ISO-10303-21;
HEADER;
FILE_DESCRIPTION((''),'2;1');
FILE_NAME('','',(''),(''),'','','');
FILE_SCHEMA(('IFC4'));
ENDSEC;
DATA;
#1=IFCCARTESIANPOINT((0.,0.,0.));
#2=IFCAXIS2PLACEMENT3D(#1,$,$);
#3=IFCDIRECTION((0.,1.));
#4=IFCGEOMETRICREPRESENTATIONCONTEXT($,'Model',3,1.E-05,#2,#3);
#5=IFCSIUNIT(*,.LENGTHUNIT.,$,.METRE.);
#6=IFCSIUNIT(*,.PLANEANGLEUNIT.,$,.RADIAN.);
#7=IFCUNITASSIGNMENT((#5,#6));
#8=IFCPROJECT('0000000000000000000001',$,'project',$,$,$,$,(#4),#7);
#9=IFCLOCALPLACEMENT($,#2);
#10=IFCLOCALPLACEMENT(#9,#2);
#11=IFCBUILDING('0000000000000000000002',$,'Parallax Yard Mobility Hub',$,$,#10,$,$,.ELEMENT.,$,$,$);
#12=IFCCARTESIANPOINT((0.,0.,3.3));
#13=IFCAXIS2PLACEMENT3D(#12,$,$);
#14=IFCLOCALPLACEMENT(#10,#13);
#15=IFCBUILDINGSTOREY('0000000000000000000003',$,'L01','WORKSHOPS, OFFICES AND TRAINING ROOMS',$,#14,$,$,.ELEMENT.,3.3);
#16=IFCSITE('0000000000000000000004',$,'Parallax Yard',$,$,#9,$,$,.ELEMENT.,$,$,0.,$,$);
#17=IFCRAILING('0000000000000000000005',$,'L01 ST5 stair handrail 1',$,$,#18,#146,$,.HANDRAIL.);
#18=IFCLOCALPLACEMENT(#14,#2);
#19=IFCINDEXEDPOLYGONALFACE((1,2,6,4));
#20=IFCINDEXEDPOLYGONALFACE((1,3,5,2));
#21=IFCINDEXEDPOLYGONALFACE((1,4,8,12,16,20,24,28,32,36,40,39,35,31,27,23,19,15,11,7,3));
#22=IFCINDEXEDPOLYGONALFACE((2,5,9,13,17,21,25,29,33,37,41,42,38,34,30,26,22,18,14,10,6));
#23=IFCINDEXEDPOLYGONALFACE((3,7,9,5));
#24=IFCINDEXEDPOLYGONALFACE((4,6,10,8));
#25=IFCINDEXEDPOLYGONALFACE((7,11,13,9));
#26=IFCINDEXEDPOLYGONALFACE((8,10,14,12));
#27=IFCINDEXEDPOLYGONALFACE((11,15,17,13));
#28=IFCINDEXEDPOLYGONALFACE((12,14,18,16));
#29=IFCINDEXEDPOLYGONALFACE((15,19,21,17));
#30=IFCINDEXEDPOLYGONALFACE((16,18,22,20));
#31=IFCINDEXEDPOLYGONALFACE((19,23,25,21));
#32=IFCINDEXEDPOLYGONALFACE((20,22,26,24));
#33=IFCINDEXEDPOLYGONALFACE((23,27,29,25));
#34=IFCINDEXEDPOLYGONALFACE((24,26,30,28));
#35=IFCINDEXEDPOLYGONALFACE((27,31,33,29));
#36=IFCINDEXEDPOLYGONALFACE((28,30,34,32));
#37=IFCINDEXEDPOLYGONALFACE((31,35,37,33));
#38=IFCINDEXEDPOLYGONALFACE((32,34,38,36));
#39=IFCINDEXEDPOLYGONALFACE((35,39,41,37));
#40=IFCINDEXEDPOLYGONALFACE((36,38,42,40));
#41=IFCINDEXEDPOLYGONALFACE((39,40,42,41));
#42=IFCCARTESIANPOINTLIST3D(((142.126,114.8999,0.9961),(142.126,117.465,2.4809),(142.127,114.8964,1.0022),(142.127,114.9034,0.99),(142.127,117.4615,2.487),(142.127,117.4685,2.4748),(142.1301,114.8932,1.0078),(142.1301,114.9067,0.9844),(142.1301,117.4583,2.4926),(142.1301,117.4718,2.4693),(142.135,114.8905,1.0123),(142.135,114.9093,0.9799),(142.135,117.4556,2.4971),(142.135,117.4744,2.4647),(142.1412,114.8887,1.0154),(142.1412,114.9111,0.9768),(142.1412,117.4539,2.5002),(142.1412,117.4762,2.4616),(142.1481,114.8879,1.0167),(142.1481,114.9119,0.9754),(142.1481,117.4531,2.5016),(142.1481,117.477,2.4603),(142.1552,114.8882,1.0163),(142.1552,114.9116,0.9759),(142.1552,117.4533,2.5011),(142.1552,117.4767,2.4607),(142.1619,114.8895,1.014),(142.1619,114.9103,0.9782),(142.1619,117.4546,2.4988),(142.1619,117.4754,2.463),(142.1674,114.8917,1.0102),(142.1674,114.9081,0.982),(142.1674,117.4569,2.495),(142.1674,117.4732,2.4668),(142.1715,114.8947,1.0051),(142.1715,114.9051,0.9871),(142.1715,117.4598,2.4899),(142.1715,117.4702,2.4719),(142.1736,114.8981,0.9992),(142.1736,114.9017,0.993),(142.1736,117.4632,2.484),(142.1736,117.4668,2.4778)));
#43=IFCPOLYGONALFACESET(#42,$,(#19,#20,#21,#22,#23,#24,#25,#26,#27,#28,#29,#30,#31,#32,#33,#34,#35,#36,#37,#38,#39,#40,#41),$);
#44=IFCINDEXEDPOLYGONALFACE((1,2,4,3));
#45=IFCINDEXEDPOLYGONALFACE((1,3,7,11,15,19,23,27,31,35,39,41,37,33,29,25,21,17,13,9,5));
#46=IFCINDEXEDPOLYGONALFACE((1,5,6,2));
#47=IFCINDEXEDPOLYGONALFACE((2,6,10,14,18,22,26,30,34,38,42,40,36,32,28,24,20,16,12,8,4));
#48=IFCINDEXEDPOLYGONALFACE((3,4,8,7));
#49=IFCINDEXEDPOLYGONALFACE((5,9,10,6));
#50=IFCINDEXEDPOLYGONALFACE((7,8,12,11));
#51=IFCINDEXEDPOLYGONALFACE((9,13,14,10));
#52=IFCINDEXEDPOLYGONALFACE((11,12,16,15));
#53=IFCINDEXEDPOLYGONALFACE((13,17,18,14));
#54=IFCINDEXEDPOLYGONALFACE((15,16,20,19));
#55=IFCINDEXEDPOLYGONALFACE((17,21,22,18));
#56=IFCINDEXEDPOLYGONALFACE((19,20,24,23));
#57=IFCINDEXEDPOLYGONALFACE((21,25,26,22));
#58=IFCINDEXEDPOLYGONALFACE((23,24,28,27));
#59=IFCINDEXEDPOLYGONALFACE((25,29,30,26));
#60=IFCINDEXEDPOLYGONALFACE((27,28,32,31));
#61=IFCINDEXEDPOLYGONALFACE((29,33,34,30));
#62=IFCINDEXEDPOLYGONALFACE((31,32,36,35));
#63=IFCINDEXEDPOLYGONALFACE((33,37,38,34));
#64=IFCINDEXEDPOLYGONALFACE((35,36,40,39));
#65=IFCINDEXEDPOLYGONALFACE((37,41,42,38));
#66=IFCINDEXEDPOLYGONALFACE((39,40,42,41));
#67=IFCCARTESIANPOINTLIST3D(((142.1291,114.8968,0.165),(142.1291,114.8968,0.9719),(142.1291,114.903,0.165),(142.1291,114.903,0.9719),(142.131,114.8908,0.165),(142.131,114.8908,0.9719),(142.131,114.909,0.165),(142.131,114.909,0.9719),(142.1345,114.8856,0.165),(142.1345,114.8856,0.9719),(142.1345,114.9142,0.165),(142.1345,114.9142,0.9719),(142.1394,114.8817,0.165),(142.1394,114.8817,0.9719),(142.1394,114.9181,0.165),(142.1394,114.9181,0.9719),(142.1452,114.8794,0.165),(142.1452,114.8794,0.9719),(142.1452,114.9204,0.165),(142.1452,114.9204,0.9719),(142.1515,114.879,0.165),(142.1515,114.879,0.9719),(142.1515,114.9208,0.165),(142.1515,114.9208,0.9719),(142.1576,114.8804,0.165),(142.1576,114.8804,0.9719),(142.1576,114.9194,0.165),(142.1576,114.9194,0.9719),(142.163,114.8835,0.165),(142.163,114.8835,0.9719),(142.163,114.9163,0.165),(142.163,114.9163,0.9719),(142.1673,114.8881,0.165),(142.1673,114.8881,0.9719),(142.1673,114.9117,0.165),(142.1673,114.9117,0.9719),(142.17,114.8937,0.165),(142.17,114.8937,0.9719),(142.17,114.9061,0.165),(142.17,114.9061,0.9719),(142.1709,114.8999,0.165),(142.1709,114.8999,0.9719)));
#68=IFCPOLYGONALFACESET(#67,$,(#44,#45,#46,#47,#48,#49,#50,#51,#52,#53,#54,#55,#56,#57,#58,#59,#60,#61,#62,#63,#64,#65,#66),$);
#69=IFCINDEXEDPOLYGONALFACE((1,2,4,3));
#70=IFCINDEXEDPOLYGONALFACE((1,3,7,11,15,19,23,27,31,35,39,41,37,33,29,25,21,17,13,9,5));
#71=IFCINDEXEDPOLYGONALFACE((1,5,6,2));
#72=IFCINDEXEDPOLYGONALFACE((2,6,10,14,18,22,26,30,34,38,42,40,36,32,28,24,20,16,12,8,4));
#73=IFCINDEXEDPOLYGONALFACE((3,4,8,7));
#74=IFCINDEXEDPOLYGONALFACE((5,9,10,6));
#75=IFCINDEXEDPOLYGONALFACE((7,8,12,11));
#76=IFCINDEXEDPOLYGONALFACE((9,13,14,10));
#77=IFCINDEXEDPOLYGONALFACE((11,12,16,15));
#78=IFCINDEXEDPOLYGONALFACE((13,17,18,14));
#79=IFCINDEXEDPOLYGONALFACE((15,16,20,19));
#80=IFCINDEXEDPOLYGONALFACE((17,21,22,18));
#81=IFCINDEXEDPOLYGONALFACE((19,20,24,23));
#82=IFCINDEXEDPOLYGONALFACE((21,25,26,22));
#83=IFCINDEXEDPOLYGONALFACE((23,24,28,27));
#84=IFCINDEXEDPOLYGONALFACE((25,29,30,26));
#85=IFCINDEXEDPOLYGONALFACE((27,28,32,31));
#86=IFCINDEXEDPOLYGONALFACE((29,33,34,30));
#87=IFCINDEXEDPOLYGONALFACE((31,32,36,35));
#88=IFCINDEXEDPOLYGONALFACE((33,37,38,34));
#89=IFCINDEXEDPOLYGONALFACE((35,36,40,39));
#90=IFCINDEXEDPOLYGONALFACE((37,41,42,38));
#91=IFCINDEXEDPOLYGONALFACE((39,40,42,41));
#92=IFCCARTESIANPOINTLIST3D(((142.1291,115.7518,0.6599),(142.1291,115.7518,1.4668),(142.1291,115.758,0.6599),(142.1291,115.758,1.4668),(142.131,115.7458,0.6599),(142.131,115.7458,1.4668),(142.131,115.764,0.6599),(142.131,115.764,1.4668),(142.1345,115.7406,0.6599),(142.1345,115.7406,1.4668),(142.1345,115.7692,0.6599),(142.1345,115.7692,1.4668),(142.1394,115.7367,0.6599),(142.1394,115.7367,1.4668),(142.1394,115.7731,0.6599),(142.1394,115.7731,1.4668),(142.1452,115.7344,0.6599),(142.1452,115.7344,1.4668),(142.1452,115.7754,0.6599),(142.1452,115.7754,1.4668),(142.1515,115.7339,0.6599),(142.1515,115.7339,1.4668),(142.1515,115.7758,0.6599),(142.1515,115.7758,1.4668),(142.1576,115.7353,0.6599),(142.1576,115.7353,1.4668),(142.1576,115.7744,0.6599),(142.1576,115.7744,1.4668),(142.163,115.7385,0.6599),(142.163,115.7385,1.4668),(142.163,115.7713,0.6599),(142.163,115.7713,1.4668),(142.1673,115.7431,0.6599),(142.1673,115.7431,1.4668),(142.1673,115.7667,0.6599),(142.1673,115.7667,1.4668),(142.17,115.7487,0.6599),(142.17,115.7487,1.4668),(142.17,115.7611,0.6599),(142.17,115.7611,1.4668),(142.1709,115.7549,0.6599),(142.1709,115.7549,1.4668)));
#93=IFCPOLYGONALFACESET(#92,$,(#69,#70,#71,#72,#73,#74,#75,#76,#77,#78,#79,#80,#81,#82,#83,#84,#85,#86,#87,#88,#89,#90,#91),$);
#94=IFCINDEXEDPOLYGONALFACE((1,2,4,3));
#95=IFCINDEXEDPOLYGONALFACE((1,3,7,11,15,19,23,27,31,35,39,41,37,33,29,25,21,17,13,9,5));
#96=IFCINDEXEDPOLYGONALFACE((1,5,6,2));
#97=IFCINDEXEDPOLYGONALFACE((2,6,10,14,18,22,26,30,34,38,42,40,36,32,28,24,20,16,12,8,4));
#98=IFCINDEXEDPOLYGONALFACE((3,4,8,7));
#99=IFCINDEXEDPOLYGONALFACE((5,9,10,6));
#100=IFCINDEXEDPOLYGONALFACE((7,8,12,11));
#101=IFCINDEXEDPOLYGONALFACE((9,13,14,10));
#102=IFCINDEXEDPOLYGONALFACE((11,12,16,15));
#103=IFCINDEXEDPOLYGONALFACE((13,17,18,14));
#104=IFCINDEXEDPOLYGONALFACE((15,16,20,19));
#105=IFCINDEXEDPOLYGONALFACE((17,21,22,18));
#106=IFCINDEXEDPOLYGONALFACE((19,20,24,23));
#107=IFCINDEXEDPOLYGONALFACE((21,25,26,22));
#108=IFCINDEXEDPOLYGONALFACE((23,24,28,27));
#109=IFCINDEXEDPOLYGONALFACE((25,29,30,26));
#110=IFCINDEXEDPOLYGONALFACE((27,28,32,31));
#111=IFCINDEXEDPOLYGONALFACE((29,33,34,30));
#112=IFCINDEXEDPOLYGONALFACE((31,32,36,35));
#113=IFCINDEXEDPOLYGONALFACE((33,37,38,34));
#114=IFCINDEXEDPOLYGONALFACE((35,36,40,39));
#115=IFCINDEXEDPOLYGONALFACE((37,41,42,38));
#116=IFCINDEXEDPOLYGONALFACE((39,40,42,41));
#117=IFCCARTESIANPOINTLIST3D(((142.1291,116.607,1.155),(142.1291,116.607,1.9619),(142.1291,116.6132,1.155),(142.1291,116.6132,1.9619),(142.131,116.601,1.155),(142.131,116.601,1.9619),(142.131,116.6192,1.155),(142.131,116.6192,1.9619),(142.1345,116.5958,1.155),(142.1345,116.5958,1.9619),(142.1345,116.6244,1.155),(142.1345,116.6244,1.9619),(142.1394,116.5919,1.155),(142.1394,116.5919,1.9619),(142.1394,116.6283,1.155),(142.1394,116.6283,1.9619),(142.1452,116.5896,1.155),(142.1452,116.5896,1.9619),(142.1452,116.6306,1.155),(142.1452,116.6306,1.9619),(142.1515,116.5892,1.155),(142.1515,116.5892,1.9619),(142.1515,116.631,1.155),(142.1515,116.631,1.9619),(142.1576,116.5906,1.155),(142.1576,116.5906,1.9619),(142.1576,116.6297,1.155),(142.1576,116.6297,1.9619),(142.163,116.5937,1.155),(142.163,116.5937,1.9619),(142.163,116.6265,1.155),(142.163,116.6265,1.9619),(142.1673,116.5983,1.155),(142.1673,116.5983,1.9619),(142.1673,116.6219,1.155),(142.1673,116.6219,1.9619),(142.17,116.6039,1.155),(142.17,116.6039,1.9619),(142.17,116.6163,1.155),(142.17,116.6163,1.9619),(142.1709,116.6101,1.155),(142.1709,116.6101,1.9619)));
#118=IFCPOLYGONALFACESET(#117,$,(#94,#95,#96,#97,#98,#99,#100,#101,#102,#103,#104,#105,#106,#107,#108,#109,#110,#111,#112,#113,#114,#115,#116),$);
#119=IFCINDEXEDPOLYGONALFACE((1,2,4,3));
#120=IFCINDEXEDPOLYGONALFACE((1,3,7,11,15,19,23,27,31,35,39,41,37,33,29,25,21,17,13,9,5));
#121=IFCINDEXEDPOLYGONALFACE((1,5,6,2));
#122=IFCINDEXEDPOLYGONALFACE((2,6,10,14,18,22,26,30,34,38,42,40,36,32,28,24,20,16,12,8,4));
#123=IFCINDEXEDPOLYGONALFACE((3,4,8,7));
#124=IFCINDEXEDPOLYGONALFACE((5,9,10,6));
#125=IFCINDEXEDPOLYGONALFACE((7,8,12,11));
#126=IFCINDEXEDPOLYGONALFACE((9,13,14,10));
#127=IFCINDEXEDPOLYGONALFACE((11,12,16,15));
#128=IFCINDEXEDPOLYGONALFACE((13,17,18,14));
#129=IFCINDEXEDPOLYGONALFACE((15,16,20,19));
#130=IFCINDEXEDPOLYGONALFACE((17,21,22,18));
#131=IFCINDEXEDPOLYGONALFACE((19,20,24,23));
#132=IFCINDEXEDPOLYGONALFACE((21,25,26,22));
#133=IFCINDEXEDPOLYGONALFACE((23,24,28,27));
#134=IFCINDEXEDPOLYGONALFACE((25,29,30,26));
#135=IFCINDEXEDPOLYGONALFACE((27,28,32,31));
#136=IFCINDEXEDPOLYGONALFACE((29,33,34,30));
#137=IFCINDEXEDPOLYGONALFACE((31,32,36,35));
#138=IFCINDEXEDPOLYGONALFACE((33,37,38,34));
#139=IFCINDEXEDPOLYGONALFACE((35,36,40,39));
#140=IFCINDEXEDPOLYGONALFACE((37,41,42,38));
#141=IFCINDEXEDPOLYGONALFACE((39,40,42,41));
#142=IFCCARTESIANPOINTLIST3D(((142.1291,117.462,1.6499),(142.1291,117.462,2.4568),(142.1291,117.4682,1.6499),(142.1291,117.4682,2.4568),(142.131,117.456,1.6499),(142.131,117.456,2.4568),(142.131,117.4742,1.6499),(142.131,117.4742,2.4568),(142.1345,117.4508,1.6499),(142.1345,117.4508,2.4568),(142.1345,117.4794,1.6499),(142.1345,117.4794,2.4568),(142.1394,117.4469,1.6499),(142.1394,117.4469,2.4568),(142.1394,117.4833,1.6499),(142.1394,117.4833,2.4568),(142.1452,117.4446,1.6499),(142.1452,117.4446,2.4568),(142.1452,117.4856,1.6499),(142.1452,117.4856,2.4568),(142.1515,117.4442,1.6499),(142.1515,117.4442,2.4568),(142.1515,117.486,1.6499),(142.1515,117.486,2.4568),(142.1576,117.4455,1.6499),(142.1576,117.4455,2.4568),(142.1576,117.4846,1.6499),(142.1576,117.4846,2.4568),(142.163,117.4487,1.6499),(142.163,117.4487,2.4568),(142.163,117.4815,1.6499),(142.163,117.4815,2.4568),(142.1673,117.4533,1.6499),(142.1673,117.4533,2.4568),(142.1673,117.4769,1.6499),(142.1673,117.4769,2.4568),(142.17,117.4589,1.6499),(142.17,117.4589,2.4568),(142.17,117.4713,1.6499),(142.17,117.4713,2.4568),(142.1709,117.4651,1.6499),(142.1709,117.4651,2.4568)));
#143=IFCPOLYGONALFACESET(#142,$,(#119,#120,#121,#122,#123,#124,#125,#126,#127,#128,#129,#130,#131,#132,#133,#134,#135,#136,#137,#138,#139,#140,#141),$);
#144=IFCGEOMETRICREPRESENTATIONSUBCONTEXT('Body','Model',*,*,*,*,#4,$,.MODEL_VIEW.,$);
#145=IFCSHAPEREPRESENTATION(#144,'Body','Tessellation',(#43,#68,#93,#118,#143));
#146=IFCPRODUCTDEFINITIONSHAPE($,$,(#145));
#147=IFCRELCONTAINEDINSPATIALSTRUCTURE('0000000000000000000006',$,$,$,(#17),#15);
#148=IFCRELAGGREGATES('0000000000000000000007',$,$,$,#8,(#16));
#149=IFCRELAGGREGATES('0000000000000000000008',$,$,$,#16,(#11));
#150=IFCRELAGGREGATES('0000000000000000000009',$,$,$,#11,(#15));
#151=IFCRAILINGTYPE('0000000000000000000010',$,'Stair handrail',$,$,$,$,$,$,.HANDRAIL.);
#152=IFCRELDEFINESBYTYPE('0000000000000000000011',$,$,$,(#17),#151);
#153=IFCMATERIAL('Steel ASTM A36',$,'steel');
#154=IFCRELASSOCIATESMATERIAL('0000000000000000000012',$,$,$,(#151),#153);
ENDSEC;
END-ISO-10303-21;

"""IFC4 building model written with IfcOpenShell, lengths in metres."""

from ifc_helpers import new_model, si_unit, direction, frame, origin, origin_2d, place, context, subcontext, project, spatial, circle, extrude, material, type_object, element, save


model = new_model("IFC4")

# Units and contexts
model_context = context("Model", 3, precision=1e-05, world=origin(), true_north=direction((0.0, 1.0)))
body_context = subcontext(model_context, "Body", "Model", "MODEL_VIEW")
ifc_project = project(units=[si_unit("LENGTHUNIT", "METRE"), si_unit("PLANEANGLEUNIT", "RADIAN")], contexts=[model_context])

# Site, building, storey
site_placement = place(None, origin())
site = spatial("IfcSite", under=ifc_project, at=site_placement, Name="Parallax Yard", CompositionType="ELEMENT", RefElevation=0.0)
building_placement = place(site_placement, origin())
building = spatial("IfcBuilding", under=site, at=building_placement, Name="Parallax Yard Mobility Hub", CompositionType="ELEMENT")
storey_placement = place(building_placement, frame((0.0, 0.0, 3.3)))
storey = spatial("IfcBuildingStorey", under=building, at=storey_placement, Name="L01", Description="WORKSHOPS, OFFICES AND TRAINING ROOMS", CompositionType="ELEMENT", Elevation=3.3)

# Railing
ifc_material_1 = material(Name="Steel ASTM A36", Category="steel")
railing_type_1 = type_object("IfcRailingType", Name="Stair handrail", PredefinedType="HANDRAIL", material=ifc_material_1)
railing_1_placement = place(storey_placement, frame((142.1499, 114.8999, 0.165)))
element("IfcRailing", 1, at=railing_1_placement, inside=storey, type_object=railing_type_1, Name="L01 ST5 stair handrail 1", PredefinedType="HANDRAIL", context=body_context, shape_type="SweptSolid", body=[
    extrude(circle(Radius=0.0239, at=origin_2d()), frame((0.0, 0.0, 0.8311), z_axis=(0.0, 0.865462, 0.500975), x_axis=(-1.0, 0.0, 0.0)), (0.0, 0.0, 1.0), 2.9639),
    extrude(circle(Radius=0.021, at=origin_2d()), origin(), (0.0, 0.0, 1.0), 0.8069),
    extrude(circle(Radius=0.021, at=origin_2d()), frame((0.0, 0.855, 0.4949)), (0.0, 0.0, 1.0), 0.8069),
    extrude(circle(Radius=0.021, at=origin_2d()), frame((0.0, 1.7102, 0.99)), (0.0, 0.0, 1.0), 0.8069),
    extrude(circle(Radius=0.021, at=origin_2d()), frame((0.0, 2.5652, 1.4849)), (0.0, 0.0, 1.0), 0.8069),
])

save(model, "model.ifc")
